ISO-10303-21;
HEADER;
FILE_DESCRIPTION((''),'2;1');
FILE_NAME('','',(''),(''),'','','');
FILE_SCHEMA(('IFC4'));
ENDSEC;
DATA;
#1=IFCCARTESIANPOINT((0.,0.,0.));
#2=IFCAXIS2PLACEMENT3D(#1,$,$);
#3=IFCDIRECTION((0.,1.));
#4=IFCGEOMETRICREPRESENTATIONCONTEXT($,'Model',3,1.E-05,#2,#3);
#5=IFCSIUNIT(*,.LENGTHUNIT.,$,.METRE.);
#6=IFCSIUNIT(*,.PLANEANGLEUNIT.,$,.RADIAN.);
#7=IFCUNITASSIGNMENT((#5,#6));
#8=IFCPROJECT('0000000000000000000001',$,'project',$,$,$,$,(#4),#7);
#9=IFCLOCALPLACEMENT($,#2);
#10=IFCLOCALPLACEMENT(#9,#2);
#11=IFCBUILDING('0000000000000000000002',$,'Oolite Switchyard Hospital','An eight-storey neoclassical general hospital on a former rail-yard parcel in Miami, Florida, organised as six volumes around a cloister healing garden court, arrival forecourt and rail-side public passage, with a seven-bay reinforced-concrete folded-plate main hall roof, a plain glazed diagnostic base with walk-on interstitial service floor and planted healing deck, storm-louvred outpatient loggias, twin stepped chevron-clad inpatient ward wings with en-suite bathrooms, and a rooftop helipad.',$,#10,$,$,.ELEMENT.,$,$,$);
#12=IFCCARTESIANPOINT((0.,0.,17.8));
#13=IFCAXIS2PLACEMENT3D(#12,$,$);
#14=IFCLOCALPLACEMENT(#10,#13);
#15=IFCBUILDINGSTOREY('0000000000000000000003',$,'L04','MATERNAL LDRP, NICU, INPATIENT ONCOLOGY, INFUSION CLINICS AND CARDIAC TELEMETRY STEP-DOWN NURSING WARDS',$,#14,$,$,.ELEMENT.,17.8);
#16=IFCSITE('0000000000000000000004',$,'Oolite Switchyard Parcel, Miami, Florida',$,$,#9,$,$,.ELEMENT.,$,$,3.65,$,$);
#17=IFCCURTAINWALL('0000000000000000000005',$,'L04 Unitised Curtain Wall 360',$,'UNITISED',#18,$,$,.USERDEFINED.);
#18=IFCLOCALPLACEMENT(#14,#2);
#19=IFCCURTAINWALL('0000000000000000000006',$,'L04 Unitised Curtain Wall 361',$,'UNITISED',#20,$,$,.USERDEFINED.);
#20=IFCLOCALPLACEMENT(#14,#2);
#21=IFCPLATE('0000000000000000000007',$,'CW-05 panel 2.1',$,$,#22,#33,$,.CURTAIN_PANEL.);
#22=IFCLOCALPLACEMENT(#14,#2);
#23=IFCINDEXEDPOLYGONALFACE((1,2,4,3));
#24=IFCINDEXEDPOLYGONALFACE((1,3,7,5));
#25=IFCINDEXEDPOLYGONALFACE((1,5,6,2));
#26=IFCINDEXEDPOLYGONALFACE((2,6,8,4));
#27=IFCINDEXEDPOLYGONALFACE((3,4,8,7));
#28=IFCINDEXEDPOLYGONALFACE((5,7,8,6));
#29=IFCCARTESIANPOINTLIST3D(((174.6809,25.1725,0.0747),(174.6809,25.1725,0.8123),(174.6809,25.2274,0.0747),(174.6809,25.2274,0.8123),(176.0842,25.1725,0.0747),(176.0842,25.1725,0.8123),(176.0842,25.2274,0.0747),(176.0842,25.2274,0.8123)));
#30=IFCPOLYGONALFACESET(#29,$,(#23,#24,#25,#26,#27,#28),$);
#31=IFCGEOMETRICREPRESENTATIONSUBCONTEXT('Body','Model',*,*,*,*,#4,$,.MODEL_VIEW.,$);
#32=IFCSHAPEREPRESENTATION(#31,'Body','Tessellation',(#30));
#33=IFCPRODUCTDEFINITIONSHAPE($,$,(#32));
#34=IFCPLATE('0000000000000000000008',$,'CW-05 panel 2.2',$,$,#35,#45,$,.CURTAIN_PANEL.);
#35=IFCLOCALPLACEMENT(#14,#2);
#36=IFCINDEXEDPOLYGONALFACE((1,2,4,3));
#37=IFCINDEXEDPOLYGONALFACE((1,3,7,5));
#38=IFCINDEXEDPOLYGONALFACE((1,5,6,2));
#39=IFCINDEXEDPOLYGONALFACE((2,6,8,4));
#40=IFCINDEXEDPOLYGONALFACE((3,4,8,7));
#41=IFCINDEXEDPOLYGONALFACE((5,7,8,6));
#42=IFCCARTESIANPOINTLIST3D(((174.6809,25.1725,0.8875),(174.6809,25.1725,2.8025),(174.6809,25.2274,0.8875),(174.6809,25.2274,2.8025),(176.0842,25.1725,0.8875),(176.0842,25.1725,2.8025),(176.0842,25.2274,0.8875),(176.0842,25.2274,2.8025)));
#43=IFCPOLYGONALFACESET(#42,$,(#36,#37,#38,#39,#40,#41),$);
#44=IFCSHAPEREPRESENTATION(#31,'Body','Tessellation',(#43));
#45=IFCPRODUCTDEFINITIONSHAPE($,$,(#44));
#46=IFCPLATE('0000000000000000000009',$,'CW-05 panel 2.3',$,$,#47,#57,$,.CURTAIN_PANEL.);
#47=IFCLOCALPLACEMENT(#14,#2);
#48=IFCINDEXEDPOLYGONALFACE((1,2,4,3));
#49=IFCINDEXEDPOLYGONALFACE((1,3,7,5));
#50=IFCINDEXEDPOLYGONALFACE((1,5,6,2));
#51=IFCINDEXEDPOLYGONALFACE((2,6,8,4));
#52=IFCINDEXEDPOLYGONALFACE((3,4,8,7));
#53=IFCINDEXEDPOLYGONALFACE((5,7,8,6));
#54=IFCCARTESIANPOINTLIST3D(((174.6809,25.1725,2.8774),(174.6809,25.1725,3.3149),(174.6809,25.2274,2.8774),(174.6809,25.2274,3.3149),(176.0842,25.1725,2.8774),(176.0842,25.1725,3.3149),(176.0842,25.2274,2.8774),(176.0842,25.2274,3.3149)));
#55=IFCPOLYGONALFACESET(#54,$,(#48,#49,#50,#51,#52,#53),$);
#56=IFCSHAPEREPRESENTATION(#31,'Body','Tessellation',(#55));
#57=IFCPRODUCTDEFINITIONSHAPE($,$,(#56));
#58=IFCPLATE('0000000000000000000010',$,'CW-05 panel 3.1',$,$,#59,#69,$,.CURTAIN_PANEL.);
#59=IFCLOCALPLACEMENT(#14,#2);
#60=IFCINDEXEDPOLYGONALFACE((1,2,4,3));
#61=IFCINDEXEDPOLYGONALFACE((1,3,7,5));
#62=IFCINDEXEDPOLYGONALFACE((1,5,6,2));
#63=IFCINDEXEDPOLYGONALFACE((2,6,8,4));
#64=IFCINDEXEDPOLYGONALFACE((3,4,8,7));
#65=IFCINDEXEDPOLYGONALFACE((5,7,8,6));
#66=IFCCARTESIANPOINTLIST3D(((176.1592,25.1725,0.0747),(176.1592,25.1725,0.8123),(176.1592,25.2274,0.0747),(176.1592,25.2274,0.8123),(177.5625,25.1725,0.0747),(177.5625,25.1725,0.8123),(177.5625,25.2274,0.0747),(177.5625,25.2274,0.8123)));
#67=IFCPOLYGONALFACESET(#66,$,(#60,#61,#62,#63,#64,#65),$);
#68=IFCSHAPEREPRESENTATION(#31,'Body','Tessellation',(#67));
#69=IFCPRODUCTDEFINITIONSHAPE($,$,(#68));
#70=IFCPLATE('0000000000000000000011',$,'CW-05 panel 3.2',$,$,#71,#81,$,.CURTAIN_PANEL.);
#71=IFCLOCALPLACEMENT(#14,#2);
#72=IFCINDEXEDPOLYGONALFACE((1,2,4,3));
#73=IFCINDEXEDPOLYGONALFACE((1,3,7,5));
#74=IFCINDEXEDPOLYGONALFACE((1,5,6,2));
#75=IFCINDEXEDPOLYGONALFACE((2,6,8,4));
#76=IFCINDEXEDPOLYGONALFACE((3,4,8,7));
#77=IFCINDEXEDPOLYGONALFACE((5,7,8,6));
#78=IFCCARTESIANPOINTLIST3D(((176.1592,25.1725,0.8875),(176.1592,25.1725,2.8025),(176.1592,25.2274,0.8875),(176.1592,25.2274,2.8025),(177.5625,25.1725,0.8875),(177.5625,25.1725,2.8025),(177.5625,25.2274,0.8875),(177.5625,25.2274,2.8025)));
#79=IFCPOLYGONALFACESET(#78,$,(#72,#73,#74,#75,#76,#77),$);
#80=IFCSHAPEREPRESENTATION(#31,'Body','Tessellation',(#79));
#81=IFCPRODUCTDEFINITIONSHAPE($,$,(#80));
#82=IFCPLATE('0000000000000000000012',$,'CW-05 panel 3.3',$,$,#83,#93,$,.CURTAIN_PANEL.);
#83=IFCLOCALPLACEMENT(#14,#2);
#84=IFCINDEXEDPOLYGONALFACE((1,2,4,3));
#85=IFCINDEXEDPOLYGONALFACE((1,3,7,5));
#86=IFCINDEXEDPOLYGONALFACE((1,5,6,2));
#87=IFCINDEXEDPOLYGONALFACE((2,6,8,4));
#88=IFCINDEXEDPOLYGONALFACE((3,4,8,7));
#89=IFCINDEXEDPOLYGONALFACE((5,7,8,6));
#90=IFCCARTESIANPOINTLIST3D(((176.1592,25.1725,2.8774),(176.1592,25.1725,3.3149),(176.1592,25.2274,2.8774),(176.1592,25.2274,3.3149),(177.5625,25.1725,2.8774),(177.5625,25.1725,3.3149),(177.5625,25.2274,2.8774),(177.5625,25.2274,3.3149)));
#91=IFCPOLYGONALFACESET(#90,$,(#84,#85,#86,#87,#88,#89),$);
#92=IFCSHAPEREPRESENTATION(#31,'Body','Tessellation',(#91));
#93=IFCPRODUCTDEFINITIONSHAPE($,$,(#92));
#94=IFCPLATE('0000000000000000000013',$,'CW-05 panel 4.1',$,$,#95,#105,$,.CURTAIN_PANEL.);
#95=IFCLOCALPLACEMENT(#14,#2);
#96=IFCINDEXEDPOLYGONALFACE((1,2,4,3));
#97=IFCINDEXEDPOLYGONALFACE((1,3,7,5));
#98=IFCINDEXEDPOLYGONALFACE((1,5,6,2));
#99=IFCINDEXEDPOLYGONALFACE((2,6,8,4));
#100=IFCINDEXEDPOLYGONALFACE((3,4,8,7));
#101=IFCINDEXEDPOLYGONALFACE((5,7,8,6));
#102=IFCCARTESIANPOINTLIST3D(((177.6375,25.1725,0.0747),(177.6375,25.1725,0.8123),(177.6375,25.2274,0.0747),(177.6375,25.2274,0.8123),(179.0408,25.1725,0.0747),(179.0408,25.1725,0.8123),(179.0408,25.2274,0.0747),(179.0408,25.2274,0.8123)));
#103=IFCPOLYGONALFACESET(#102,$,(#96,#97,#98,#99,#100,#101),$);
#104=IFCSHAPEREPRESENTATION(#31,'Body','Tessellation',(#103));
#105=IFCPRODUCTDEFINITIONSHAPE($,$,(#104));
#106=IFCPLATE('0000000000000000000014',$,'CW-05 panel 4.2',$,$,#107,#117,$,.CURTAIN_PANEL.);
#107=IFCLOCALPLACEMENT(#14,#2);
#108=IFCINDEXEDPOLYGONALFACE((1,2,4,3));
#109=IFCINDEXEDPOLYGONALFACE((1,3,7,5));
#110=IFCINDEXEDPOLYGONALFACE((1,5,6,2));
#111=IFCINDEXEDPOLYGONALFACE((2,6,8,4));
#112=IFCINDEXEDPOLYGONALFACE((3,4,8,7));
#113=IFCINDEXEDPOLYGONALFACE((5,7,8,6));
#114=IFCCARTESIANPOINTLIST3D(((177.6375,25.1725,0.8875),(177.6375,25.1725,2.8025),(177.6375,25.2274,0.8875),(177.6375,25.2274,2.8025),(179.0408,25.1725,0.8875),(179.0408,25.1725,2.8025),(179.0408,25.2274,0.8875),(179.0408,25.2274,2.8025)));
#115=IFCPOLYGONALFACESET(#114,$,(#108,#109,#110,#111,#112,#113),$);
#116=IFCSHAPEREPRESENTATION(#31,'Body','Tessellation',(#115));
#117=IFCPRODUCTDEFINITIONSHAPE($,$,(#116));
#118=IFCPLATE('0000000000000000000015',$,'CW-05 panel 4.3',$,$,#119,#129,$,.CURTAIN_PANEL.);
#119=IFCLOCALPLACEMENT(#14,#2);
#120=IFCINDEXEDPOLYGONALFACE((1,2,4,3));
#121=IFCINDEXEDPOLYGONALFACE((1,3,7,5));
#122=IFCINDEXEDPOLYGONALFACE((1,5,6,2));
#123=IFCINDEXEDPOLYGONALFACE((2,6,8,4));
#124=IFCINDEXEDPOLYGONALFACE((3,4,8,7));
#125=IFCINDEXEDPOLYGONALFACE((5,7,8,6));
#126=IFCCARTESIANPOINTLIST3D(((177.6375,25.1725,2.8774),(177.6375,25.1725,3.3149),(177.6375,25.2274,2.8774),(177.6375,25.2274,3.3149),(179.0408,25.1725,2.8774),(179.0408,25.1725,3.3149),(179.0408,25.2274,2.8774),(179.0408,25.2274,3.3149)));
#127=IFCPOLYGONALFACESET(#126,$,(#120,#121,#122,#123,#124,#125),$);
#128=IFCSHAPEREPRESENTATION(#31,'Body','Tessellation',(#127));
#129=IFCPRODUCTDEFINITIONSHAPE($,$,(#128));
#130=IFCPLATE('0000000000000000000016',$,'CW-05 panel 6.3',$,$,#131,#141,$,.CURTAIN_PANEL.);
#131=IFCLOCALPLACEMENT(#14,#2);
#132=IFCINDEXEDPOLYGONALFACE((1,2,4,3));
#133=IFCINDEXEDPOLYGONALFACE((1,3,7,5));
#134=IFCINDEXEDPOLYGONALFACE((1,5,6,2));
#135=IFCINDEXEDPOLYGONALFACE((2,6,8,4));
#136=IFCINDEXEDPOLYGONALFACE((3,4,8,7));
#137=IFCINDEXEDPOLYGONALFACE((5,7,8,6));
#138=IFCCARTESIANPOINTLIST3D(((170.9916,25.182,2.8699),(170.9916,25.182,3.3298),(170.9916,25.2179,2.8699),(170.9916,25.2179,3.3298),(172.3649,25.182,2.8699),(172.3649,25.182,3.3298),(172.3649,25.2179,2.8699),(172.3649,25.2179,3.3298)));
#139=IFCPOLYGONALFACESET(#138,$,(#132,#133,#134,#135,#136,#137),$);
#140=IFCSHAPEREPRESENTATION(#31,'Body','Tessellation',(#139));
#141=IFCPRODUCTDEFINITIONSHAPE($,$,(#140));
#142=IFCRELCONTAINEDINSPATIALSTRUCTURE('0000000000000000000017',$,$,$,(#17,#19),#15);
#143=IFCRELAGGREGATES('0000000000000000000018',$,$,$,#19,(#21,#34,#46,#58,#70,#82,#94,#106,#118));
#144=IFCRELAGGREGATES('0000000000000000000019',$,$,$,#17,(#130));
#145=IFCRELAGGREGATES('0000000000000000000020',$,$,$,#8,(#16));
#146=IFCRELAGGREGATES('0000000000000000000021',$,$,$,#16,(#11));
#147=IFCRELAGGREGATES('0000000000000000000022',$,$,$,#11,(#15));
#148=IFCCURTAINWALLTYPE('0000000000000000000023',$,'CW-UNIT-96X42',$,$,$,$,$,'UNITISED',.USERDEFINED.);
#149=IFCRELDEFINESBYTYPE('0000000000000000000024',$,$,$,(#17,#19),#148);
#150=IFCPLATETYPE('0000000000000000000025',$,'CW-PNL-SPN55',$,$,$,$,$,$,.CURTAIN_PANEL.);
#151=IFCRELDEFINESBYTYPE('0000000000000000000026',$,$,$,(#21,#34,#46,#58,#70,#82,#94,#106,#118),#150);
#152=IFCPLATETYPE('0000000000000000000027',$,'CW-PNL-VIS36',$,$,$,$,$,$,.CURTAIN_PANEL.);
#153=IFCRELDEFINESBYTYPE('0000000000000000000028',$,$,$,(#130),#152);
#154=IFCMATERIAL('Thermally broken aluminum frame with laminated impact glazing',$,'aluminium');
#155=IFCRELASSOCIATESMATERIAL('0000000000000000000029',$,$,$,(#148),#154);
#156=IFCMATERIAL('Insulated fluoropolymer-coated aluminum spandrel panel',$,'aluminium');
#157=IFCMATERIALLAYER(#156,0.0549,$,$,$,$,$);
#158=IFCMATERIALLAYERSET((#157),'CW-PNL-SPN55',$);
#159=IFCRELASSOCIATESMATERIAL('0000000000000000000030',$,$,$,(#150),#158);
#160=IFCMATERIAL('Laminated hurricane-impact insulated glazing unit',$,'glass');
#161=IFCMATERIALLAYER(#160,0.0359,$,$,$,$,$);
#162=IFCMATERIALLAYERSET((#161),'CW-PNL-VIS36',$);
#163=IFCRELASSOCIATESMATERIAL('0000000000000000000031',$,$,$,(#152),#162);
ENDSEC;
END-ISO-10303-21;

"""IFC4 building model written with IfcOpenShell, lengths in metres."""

from ifc_helpers import new_model, si_unit, direction, frame, origin, origin_2d, place, context, subcontext, project, spatial, rectangle, extrude, material, layer, layer_set, type_object, element, aggregate, save


model = new_model("IFC4")

# Units and contexts
model_context = context("Model", 3, precision=1e-05, world=origin(), true_north=direction((0.0, 1.0)))
body_context = subcontext(model_context, "Body", "Model", "MODEL_VIEW")
ifc_project = project(units=[si_unit("LENGTHUNIT", "METRE"), si_unit("PLANEANGLEUNIT", "RADIAN")], contexts=[model_context])

# Site, building, storey
site_placement = place(None, origin())
site = spatial("IfcSite", under=ifc_project, at=site_placement, Name="Oolite Switchyard Parcel, Miami, Florida", CompositionType="ELEMENT", RefElevation=3.65)
building_placement = place(site_placement, origin())
building = spatial("IfcBuilding", under=site, at=building_placement, Name="Oolite Switchyard Hospital", Description="An eight-storey neoclassical general hospital on a former rail-yard parcel in Miami, Florida, organised as six volumes around a cloister healing garden court, arrival forecourt and rail-side public passage, with a seven-bay reinforced-concrete folded-plate main hall roof, a plain glazed diagnostic base with walk-on interstitial service floor and planted healing deck, storm-louvred outpatient loggias, twin stepped chevron-clad inpatient ward wings with en-suite bathrooms, and a rooftop helipad.", CompositionType="ELEMENT")
storey_placement = place(building_placement, frame((0.0, 0.0, 17.8)))
storey = spatial("IfcBuildingStorey", under=building, at=storey_placement, Name="L04", Description="MATERNAL LDRP, NICU, INPATIENT ONCOLOGY, INFUSION CLINICS AND CARDIAC TELEMETRY STEP-DOWN NURSING WARDS", CompositionType="ELEMENT", Elevation=17.8)

# Curtain wall
ifc_material_1 = material(Name="Thermally broken aluminum frame with laminated impact glazing", Category="aluminium")
curtain_wall_type = type_object("IfcCurtainWallType", Name="CW-UNIT-96X42", ElementType="UNITISED", PredefinedType="USERDEFINED", material=ifc_material_1)
curtain_wall_1_placement = place(storey_placement, origin())
curtain_wall_1 = element("IfcCurtainWall", 1, at=curtain_wall_1_placement, inside=storey, type_object=curtain_wall_type, Name="L04 Unitised Curtain Wall 360", ObjectType="UNITISED", PredefinedType="USERDEFINED")

# Curtain wall, plates
curtain_wall_2_placement = place(storey_placement, origin())
curtain_wall_2 = element("IfcCurtainWall", 2, at=curtain_wall_2_placement, inside=storey, type_object=curtain_wall_type, Name="L04 Unitised Curtain Wall 361", ObjectType="UNITISED", PredefinedType="USERDEFINED")
ifc_material_2 = material(Name="Insulated fluoropolymer-coated aluminum spandrel panel", Category="aluminium")
ifc_layer_1 = layer(ifc_material_2, 0.0549)
ifc_layer_set_1 = layer_set([ifc_layer_1], Name="CW-PNL-SPN55")
plate_type_1 = type_object("IfcPlateType", Name="CW-PNL-SPN55", PredefinedType="CURTAIN_PANEL", material=ifc_layer_set_1)
plate_1_placement = place(storey_placement, frame((175.3826, 25.2, 0.0747), z_axis=(0.0, 0.0, 1.0), x_axis=(1.0, 0.0, 0.0)))
plate_1 = element("IfcPlate", 3, at=plate_1_placement, type_object=plate_type_1, Name="CW-05 panel 2.1", PredefinedType="CURTAIN_PANEL", context=body_context, shape_type="SweptSolid", body=[
    extrude(rectangle(XDim=1.4033, YDim=0.0549, at=origin_2d()), origin(), (0.0, 0.0, 1.0), 0.7375),
])
plate_2_placement = place(storey_placement, frame((175.3826, 25.2, 0.8875), z_axis=(0.0, 0.0, 1.0), x_axis=(1.0, 0.0, 0.0)))
plate_2 = element("IfcPlate", 4, at=plate_2_placement, type_object=plate_type_1, Name="CW-05 panel 2.2", PredefinedType="CURTAIN_PANEL", context=body_context, shape_type="SweptSolid", body=[
    extrude(rectangle(XDim=1.4033, YDim=0.0549, at=origin_2d()), origin(), (0.0, 0.0, 1.0), 1.915),
])
plate_3_placement = place(storey_placement, frame((175.3826, 25.2, 2.8774), z_axis=(0.0, 0.0, 1.0), x_axis=(1.0, 0.0, 0.0)))
plate_3 = element("IfcPlate", 5, at=plate_3_placement, type_object=plate_type_1, Name="CW-05 panel 2.3", PredefinedType="CURTAIN_PANEL", context=body_context, shape_type="SweptSolid", body=[
    extrude(rectangle(XDim=1.4033, YDim=0.0549, at=origin_2d()), origin(), (0.0, 0.0, 1.0), 0.4375),
])
plate_4_placement = place(storey_placement, frame((176.8608, 25.2, 0.0747), z_axis=(0.0, 0.0, 1.0), x_axis=(1.0, 0.0, 0.0)))
plate_4 = element("IfcPlate", 6, at=plate_4_placement, type_object=plate_type_1, Name="CW-05 panel 3.1", PredefinedType="CURTAIN_PANEL", context=body_context, shape_type="SweptSolid", body=[
    extrude(rectangle(XDim=1.4033, YDim=0.0549, at=origin_2d()), origin(), (0.0, 0.0, 1.0), 0.7375),
])
plate_5_placement = place(storey_placement, frame((176.8608, 25.2, 0.8875), z_axis=(0.0, 0.0, 1.0), x_axis=(1.0, 0.0, 0.0)))
plate_5 = element("IfcPlate", 7, at=plate_5_placement, type_object=plate_type_1, Name="CW-05 panel 3.2", PredefinedType="CURTAIN_PANEL", context=body_context, shape_type="SweptSolid", body=[
    extrude(rectangle(XDim=1.4033, YDim=0.0549, at=origin_2d()), origin(), (0.0, 0.0, 1.0), 1.915),
])
plate_6_placement = place(storey_placement, frame((176.8608, 25.2, 2.8774), z_axis=(0.0, 0.0, 1.0), x_axis=(1.0, 0.0, 0.0)))
plate_6 = element("IfcPlate", 8, at=plate_6_placement, type_object=plate_type_1, Name="CW-05 panel 3.3", PredefinedType="CURTAIN_PANEL", context=body_context, shape_type="SweptSolid", body=[
    extrude(rectangle(XDim=1.4033, YDim=0.0549, at=origin_2d()), origin(), (0.0, 0.0, 1.0), 0.4375),
])
plate_7_placement = place(storey_placement, frame((178.3391, 25.2, 0.0747), z_axis=(0.0, 0.0, 1.0), x_axis=(1.0, 0.0, 0.0)))
plate_7 = element("IfcPlate", 9, at=plate_7_placement, type_object=plate_type_1, Name="CW-05 panel 4.1", PredefinedType="CURTAIN_PANEL", context=body_context, shape_type="SweptSolid", body=[
    extrude(rectangle(XDim=1.4033, YDim=0.0549, at=origin_2d()), origin(), (0.0, 0.0, 1.0), 0.7375),
])
plate_8_placement = place(storey_placement, frame((178.3391, 25.2, 0.8875), z_axis=(0.0, 0.0, 1.0), x_axis=(1.0, 0.0, 0.0)))
plate_8 = element("IfcPlate", 10, at=plate_8_placement, type_object=plate_type_1, Name="CW-05 panel 4.2", PredefinedType="CURTAIN_PANEL", context=body_context, shape_type="SweptSolid", body=[
    extrude(rectangle(XDim=1.4033, YDim=0.0549, at=origin_2d()), origin(), (0.0, 0.0, 1.0), 1.915),
])
plate_9_placement = place(storey_placement, frame((178.3391, 25.2, 2.8774), z_axis=(0.0, 0.0, 1.0), x_axis=(1.0, 0.0, 0.0)))
plate_9 = element("IfcPlate", 11, at=plate_9_placement, type_object=plate_type_1, Name="CW-05 panel 4.3", PredefinedType="CURTAIN_PANEL", context=body_context, shape_type="SweptSolid", body=[
    extrude(rectangle(XDim=1.4033, YDim=0.0549, at=origin_2d()), origin(), (0.0, 0.0, 1.0), 0.4375),
])
aggregate(curtain_wall_2, [plate_1, plate_2, plate_3, plate_4, plate_5, plate_6, plate_7, plate_8, plate_9])

# Plate
ifc_material_3 = material(Name="Laminated hurricane-impact insulated glazing unit", Category="glass")
ifc_layer_2 = layer(ifc_material_3, 0.0359)
ifc_layer_set_2 = layer_set([ifc_layer_2], Name="CW-PNL-VIS36")
plate_type_2 = type_object("IfcPlateType", Name="CW-PNL-VIS36", PredefinedType="CURTAIN_PANEL", material=ifc_layer_set_2)
plate_10_placement = place(storey_placement, frame((171.6782, 25.2, 2.8699), z_axis=(0.0, 0.0, 1.0), x_axis=(1.0, 0.0, 0.0)))
plate_10 = element("IfcPlate", 12, at=plate_10_placement, type_object=plate_type_2, Name="CW-05 panel 6.3", PredefinedType="CURTAIN_PANEL", context=body_context, shape_type="SweptSolid", body=[
    extrude(rectangle(XDim=1.3733, YDim=0.0359, at=origin_2d()), origin(), (0.0, 0.0, 1.0), 0.46),
])
aggregate(curtain_wall_1, [plate_10])

save(model, "model.ifc")
